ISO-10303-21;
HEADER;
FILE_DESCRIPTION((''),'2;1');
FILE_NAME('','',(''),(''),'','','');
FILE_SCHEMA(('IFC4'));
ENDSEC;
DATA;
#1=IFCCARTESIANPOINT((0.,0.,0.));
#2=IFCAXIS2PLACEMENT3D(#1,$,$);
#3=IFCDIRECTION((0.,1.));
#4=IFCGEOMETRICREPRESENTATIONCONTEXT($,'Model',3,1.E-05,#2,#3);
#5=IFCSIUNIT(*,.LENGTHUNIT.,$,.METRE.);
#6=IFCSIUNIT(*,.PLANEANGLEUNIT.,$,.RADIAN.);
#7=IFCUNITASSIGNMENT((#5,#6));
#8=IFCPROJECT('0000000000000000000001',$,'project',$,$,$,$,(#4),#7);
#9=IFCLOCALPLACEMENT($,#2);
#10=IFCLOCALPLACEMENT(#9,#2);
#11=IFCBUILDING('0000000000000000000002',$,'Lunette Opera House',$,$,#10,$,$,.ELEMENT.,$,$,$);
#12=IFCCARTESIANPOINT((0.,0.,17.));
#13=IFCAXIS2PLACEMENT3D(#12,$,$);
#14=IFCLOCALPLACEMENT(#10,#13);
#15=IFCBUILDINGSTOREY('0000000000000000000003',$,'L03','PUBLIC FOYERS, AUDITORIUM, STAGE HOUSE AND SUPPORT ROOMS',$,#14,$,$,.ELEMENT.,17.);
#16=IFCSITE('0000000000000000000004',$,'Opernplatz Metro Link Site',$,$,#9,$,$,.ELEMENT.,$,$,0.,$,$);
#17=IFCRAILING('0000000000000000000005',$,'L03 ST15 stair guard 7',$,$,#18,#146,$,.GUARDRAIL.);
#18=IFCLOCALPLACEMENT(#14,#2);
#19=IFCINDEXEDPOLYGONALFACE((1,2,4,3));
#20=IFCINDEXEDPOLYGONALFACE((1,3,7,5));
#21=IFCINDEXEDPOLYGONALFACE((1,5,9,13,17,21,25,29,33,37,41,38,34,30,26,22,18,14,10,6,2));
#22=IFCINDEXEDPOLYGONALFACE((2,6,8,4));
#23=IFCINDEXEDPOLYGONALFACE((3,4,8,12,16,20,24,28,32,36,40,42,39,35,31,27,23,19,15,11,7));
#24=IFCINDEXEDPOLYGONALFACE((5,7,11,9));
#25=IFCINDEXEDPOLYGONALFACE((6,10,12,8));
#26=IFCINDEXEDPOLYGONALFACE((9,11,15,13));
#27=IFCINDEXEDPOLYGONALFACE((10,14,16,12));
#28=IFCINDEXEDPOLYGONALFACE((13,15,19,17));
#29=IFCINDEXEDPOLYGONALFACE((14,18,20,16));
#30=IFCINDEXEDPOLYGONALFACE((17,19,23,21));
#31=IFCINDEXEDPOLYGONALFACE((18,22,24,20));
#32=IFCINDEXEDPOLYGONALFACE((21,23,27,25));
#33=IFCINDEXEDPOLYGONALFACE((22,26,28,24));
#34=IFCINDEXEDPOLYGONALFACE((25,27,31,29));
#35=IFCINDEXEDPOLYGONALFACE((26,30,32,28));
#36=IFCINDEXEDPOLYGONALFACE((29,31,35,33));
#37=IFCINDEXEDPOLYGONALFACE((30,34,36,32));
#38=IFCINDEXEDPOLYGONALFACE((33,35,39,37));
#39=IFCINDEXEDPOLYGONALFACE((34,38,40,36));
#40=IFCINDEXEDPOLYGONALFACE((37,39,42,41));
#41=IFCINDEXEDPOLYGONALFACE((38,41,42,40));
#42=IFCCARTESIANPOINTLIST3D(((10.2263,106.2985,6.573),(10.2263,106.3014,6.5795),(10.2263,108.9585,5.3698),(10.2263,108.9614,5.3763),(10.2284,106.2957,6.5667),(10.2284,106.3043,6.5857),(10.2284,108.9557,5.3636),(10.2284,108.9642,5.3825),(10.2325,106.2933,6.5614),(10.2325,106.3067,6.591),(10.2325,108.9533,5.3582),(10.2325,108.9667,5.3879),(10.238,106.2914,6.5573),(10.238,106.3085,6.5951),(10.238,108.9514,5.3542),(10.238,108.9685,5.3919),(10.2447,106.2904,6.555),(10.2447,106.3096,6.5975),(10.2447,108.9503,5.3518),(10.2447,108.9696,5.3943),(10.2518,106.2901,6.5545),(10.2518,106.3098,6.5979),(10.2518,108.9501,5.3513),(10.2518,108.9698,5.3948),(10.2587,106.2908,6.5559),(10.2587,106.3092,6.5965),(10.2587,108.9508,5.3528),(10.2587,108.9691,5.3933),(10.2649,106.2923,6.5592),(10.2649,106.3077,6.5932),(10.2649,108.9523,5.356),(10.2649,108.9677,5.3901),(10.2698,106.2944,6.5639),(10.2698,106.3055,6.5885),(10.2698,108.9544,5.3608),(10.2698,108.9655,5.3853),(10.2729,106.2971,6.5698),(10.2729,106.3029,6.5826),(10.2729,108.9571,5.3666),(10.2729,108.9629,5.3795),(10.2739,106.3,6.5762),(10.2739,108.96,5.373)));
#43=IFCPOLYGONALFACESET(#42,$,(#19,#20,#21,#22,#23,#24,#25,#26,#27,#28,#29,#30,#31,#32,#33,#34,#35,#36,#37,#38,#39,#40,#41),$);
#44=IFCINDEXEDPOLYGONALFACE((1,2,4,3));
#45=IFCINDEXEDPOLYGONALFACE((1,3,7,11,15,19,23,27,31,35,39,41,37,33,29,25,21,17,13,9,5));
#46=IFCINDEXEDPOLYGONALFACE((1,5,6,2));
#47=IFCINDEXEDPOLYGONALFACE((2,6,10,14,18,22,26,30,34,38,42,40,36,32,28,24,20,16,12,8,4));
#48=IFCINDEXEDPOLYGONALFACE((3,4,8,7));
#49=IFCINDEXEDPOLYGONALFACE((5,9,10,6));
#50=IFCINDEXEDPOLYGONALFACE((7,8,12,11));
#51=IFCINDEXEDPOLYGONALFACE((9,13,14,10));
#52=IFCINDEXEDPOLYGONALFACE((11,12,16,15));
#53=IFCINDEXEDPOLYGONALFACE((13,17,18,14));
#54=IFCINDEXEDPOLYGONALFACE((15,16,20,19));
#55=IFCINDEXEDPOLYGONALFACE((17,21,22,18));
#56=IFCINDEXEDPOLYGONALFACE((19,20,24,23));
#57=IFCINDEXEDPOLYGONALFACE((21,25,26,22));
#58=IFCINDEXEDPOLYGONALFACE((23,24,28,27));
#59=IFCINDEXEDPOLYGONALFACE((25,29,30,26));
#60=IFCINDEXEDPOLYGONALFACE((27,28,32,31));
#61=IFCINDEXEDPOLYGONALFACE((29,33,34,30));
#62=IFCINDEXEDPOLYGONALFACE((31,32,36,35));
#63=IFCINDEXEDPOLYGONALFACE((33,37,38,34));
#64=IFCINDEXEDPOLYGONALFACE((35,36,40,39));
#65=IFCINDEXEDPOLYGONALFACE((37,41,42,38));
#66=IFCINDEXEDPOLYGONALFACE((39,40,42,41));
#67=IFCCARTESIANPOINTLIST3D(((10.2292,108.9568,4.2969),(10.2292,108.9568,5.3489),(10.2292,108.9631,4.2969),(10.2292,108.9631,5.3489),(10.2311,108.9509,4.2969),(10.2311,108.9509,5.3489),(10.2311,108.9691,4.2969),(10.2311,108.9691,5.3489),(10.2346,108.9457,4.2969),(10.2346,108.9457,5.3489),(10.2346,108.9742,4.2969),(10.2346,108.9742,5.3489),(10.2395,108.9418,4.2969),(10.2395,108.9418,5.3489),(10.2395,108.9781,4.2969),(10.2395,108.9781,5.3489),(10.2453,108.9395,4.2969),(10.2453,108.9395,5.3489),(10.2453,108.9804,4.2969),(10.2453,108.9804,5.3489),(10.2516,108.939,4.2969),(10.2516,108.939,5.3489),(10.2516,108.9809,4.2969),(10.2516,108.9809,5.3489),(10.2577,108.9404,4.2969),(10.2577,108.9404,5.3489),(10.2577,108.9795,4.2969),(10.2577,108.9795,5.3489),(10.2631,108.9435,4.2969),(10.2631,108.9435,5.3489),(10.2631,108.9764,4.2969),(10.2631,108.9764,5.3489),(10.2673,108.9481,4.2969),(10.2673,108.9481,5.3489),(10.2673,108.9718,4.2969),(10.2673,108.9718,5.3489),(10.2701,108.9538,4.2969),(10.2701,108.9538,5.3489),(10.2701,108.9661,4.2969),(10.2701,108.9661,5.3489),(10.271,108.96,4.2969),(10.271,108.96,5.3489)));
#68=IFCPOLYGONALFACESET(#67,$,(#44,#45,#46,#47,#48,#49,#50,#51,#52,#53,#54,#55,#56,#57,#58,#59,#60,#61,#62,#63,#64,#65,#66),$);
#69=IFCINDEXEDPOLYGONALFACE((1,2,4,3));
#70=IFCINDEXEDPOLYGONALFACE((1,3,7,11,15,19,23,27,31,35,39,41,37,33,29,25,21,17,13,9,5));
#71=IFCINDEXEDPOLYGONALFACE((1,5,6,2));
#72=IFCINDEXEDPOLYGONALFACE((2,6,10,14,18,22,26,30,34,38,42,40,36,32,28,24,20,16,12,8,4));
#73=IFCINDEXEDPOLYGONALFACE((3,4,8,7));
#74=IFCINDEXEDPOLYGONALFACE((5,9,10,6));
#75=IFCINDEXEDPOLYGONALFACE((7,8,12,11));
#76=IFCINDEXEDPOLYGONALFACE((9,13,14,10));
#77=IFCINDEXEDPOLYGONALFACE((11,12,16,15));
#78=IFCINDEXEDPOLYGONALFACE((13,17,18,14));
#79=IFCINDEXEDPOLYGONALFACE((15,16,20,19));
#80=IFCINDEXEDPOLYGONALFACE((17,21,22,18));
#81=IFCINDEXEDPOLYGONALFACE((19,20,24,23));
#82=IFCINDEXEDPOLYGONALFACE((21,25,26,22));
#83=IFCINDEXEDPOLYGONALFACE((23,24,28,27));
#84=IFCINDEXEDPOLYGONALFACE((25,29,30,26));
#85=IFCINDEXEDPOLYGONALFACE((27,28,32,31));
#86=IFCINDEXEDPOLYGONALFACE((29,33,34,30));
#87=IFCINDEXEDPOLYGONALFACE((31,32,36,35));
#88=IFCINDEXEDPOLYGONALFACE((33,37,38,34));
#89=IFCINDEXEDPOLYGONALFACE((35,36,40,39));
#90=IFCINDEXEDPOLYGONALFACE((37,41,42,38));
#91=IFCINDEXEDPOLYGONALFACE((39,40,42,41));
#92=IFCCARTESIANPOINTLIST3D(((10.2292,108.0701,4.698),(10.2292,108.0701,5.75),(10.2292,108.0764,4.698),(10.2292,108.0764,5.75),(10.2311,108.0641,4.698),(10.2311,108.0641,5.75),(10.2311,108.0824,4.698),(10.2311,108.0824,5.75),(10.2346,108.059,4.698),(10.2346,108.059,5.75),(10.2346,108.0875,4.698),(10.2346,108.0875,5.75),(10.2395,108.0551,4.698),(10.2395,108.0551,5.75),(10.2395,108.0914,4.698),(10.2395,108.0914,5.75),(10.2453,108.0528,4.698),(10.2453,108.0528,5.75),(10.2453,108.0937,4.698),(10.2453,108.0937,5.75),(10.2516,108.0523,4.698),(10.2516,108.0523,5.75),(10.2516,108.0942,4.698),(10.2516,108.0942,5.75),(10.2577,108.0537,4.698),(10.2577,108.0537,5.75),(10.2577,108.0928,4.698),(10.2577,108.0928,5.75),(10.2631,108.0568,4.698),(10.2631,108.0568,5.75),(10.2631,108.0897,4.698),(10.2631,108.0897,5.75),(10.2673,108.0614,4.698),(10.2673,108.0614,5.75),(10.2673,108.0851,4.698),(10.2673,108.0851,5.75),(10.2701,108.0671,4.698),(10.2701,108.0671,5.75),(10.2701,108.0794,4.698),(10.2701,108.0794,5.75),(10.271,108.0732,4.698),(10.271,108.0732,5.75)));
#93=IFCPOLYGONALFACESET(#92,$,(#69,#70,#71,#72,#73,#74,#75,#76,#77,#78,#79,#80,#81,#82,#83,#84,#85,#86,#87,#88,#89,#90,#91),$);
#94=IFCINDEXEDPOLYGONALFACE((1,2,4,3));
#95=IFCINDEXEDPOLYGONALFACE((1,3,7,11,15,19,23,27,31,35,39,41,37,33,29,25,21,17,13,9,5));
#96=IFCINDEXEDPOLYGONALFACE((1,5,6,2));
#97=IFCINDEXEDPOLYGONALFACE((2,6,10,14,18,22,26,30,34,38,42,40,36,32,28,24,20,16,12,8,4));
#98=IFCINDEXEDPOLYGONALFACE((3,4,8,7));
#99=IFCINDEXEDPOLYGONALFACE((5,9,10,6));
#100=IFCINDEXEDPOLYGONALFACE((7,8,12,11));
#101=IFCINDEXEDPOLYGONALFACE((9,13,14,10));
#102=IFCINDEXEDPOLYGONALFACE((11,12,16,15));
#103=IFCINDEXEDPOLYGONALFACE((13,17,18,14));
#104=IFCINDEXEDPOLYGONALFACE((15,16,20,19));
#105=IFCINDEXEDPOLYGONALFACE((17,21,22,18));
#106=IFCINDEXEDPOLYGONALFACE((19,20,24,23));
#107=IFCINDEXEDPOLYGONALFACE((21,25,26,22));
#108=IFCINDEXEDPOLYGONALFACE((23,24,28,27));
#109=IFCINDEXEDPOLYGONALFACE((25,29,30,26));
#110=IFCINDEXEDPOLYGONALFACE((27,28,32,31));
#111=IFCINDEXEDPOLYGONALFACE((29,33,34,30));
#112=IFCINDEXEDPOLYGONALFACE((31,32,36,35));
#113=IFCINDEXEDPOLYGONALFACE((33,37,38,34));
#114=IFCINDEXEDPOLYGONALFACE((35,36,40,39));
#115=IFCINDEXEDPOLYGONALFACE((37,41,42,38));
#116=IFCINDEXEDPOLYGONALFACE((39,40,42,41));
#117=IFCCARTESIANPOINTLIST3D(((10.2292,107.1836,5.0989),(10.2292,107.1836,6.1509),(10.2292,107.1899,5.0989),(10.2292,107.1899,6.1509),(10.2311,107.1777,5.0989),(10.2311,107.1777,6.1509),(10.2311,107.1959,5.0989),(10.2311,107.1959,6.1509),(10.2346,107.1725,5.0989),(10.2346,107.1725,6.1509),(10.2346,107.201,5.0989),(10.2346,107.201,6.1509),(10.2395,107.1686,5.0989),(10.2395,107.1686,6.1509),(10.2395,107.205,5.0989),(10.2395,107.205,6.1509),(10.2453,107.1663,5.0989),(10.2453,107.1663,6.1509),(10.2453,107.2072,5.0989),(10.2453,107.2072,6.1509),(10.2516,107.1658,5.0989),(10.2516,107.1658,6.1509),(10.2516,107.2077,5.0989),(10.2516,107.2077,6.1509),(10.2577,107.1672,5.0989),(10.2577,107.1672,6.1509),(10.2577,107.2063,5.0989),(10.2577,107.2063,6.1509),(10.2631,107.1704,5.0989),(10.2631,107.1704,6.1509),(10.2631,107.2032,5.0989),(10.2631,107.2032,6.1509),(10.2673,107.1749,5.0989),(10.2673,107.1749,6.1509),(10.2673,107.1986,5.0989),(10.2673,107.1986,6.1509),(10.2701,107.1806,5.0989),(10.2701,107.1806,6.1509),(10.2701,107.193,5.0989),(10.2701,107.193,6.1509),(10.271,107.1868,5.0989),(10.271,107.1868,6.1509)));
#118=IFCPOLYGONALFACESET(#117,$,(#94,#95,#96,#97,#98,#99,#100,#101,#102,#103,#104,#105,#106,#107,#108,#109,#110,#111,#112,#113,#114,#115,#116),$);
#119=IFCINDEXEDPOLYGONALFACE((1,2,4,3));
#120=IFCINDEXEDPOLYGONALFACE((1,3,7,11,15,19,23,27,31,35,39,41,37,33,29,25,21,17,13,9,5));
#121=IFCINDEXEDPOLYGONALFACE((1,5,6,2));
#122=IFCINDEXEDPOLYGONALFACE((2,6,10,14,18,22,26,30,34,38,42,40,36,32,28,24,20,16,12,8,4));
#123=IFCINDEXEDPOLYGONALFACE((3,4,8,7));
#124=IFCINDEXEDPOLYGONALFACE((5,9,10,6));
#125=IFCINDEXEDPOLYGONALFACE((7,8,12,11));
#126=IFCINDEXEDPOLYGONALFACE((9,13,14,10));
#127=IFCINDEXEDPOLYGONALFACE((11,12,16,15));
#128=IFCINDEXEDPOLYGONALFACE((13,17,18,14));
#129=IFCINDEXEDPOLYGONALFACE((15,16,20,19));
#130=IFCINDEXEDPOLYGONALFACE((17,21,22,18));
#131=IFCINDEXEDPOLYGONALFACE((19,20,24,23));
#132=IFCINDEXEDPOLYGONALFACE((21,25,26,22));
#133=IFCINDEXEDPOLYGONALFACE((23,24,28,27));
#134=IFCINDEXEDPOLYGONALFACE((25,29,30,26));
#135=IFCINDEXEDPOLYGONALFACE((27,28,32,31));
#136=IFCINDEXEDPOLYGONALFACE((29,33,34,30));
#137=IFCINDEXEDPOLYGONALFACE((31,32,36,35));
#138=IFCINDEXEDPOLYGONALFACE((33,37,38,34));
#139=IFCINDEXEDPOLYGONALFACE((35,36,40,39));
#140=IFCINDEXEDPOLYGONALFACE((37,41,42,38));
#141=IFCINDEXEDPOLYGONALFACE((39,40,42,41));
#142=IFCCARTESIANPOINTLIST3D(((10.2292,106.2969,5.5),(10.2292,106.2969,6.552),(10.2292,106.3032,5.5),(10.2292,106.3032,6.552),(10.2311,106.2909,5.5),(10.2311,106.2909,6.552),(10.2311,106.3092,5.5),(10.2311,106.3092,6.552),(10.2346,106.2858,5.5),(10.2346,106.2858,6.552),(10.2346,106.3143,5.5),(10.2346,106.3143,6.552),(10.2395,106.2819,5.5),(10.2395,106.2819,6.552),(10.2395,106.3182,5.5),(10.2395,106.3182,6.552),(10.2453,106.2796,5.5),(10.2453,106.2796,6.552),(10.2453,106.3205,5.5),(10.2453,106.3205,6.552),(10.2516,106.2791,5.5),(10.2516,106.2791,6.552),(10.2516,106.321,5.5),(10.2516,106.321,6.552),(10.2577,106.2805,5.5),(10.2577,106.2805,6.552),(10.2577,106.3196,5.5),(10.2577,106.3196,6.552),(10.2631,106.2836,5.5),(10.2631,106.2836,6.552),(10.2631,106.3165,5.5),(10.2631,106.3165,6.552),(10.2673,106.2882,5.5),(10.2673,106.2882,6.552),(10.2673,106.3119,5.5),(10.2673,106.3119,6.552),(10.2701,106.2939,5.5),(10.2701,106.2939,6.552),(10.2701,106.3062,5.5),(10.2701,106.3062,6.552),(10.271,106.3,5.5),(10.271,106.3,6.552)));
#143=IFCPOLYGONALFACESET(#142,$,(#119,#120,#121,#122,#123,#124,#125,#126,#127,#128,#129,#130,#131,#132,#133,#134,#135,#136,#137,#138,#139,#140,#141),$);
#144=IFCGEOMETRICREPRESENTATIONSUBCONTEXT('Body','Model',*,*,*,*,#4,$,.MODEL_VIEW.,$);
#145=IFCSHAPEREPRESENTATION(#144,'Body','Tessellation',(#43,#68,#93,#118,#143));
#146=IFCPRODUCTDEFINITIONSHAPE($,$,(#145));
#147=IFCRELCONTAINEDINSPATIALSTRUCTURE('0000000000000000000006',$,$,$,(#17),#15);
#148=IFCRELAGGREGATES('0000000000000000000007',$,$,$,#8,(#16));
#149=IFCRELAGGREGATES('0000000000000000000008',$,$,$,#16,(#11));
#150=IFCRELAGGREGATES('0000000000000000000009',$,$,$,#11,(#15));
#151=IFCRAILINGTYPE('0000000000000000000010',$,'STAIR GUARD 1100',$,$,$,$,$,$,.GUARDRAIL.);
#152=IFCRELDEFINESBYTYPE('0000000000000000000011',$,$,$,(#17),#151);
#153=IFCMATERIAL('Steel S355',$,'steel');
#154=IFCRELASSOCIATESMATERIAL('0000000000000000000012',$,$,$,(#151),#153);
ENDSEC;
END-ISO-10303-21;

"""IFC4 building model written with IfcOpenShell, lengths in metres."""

from ifc_helpers import new_model, si_unit, direction, frame, origin, origin_2d, place, context, subcontext, project, spatial, circle, extrude, material, type_object, element, save


model = new_model("IFC4")

# Units and contexts
model_context = context("Model", 3, precision=1e-05, world=origin(), true_north=direction((0.0, 1.0)))
body_context = subcontext(model_context, "Body", "Model", "MODEL_VIEW")
ifc_project = project(units=[si_unit("LENGTHUNIT", "METRE"), si_unit("PLANEANGLEUNIT", "RADIAN")], contexts=[model_context])

# Site, building, storey
site_placement = place(None, origin())
site = spatial("IfcSite", under=ifc_project, at=site_placement, Name="Opernplatz Metro Link Site", CompositionType="ELEMENT", RefElevation=0.0)
building_placement = place(site_placement, origin())
building = spatial("IfcBuilding", under=site, at=building_placement, Name="Lunette Opera House", CompositionType="ELEMENT")
storey_placement = place(building_placement, frame((0.0, 0.0, 17.0)))
storey = spatial("IfcBuildingStorey", under=building, at=storey_placement, Name="L03", Description="PUBLIC FOYERS, AUDITORIUM, STAGE HOUSE AND SUPPORT ROOMS", CompositionType="ELEMENT", Elevation=17.0)

# Railing
ifc_material_1 = material(Name="Steel S355", Category="steel")
railing_type_1 = type_object("IfcRailingType", Name="STAIR GUARD 1100", PredefinedType="GUARDRAIL", material=ifc_material_1)
railing_1_placement = place(storey_placement, frame((10.25, 108.96, 4.2969)))
element("IfcRailing", 1, at=railing_1_placement, inside=storey, type_object=railing_type_1, Name="L03 ST15 stair guard 7", PredefinedType="GUARDRAIL", context=body_context, shape_type="SweptSolid", body=[
    extrude(circle(Radius=0.0239, at=origin_2d()), frame((0.0, 0.0, 1.0762), z_axis=(0.0, -0.91113, 0.41212), x_axis=(1.0, 0.0, 0.0)), (0.0, 0.0, 1.0), 2.9194),
    extrude(circle(Radius=0.021, at=origin_2d()), origin(), (0.0, 0.0, 1.0), 1.052),
    extrude(circle(Radius=0.021, at=origin_2d()), frame((0.0, -0.8867, 0.4011)), (0.0, 0.0, 1.0), 1.052),
    extrude(circle(Radius=0.021, at=origin_2d()), frame((0.0, -1.7732, 0.802)), (0.0, 0.0, 1.0), 1.052),
    extrude(circle(Radius=0.021, at=origin_2d()), frame((0.0, -2.6599, 1.2031)), (0.0, 0.0, 1.0), 1.052),
])

save(model, "model.ifc")
